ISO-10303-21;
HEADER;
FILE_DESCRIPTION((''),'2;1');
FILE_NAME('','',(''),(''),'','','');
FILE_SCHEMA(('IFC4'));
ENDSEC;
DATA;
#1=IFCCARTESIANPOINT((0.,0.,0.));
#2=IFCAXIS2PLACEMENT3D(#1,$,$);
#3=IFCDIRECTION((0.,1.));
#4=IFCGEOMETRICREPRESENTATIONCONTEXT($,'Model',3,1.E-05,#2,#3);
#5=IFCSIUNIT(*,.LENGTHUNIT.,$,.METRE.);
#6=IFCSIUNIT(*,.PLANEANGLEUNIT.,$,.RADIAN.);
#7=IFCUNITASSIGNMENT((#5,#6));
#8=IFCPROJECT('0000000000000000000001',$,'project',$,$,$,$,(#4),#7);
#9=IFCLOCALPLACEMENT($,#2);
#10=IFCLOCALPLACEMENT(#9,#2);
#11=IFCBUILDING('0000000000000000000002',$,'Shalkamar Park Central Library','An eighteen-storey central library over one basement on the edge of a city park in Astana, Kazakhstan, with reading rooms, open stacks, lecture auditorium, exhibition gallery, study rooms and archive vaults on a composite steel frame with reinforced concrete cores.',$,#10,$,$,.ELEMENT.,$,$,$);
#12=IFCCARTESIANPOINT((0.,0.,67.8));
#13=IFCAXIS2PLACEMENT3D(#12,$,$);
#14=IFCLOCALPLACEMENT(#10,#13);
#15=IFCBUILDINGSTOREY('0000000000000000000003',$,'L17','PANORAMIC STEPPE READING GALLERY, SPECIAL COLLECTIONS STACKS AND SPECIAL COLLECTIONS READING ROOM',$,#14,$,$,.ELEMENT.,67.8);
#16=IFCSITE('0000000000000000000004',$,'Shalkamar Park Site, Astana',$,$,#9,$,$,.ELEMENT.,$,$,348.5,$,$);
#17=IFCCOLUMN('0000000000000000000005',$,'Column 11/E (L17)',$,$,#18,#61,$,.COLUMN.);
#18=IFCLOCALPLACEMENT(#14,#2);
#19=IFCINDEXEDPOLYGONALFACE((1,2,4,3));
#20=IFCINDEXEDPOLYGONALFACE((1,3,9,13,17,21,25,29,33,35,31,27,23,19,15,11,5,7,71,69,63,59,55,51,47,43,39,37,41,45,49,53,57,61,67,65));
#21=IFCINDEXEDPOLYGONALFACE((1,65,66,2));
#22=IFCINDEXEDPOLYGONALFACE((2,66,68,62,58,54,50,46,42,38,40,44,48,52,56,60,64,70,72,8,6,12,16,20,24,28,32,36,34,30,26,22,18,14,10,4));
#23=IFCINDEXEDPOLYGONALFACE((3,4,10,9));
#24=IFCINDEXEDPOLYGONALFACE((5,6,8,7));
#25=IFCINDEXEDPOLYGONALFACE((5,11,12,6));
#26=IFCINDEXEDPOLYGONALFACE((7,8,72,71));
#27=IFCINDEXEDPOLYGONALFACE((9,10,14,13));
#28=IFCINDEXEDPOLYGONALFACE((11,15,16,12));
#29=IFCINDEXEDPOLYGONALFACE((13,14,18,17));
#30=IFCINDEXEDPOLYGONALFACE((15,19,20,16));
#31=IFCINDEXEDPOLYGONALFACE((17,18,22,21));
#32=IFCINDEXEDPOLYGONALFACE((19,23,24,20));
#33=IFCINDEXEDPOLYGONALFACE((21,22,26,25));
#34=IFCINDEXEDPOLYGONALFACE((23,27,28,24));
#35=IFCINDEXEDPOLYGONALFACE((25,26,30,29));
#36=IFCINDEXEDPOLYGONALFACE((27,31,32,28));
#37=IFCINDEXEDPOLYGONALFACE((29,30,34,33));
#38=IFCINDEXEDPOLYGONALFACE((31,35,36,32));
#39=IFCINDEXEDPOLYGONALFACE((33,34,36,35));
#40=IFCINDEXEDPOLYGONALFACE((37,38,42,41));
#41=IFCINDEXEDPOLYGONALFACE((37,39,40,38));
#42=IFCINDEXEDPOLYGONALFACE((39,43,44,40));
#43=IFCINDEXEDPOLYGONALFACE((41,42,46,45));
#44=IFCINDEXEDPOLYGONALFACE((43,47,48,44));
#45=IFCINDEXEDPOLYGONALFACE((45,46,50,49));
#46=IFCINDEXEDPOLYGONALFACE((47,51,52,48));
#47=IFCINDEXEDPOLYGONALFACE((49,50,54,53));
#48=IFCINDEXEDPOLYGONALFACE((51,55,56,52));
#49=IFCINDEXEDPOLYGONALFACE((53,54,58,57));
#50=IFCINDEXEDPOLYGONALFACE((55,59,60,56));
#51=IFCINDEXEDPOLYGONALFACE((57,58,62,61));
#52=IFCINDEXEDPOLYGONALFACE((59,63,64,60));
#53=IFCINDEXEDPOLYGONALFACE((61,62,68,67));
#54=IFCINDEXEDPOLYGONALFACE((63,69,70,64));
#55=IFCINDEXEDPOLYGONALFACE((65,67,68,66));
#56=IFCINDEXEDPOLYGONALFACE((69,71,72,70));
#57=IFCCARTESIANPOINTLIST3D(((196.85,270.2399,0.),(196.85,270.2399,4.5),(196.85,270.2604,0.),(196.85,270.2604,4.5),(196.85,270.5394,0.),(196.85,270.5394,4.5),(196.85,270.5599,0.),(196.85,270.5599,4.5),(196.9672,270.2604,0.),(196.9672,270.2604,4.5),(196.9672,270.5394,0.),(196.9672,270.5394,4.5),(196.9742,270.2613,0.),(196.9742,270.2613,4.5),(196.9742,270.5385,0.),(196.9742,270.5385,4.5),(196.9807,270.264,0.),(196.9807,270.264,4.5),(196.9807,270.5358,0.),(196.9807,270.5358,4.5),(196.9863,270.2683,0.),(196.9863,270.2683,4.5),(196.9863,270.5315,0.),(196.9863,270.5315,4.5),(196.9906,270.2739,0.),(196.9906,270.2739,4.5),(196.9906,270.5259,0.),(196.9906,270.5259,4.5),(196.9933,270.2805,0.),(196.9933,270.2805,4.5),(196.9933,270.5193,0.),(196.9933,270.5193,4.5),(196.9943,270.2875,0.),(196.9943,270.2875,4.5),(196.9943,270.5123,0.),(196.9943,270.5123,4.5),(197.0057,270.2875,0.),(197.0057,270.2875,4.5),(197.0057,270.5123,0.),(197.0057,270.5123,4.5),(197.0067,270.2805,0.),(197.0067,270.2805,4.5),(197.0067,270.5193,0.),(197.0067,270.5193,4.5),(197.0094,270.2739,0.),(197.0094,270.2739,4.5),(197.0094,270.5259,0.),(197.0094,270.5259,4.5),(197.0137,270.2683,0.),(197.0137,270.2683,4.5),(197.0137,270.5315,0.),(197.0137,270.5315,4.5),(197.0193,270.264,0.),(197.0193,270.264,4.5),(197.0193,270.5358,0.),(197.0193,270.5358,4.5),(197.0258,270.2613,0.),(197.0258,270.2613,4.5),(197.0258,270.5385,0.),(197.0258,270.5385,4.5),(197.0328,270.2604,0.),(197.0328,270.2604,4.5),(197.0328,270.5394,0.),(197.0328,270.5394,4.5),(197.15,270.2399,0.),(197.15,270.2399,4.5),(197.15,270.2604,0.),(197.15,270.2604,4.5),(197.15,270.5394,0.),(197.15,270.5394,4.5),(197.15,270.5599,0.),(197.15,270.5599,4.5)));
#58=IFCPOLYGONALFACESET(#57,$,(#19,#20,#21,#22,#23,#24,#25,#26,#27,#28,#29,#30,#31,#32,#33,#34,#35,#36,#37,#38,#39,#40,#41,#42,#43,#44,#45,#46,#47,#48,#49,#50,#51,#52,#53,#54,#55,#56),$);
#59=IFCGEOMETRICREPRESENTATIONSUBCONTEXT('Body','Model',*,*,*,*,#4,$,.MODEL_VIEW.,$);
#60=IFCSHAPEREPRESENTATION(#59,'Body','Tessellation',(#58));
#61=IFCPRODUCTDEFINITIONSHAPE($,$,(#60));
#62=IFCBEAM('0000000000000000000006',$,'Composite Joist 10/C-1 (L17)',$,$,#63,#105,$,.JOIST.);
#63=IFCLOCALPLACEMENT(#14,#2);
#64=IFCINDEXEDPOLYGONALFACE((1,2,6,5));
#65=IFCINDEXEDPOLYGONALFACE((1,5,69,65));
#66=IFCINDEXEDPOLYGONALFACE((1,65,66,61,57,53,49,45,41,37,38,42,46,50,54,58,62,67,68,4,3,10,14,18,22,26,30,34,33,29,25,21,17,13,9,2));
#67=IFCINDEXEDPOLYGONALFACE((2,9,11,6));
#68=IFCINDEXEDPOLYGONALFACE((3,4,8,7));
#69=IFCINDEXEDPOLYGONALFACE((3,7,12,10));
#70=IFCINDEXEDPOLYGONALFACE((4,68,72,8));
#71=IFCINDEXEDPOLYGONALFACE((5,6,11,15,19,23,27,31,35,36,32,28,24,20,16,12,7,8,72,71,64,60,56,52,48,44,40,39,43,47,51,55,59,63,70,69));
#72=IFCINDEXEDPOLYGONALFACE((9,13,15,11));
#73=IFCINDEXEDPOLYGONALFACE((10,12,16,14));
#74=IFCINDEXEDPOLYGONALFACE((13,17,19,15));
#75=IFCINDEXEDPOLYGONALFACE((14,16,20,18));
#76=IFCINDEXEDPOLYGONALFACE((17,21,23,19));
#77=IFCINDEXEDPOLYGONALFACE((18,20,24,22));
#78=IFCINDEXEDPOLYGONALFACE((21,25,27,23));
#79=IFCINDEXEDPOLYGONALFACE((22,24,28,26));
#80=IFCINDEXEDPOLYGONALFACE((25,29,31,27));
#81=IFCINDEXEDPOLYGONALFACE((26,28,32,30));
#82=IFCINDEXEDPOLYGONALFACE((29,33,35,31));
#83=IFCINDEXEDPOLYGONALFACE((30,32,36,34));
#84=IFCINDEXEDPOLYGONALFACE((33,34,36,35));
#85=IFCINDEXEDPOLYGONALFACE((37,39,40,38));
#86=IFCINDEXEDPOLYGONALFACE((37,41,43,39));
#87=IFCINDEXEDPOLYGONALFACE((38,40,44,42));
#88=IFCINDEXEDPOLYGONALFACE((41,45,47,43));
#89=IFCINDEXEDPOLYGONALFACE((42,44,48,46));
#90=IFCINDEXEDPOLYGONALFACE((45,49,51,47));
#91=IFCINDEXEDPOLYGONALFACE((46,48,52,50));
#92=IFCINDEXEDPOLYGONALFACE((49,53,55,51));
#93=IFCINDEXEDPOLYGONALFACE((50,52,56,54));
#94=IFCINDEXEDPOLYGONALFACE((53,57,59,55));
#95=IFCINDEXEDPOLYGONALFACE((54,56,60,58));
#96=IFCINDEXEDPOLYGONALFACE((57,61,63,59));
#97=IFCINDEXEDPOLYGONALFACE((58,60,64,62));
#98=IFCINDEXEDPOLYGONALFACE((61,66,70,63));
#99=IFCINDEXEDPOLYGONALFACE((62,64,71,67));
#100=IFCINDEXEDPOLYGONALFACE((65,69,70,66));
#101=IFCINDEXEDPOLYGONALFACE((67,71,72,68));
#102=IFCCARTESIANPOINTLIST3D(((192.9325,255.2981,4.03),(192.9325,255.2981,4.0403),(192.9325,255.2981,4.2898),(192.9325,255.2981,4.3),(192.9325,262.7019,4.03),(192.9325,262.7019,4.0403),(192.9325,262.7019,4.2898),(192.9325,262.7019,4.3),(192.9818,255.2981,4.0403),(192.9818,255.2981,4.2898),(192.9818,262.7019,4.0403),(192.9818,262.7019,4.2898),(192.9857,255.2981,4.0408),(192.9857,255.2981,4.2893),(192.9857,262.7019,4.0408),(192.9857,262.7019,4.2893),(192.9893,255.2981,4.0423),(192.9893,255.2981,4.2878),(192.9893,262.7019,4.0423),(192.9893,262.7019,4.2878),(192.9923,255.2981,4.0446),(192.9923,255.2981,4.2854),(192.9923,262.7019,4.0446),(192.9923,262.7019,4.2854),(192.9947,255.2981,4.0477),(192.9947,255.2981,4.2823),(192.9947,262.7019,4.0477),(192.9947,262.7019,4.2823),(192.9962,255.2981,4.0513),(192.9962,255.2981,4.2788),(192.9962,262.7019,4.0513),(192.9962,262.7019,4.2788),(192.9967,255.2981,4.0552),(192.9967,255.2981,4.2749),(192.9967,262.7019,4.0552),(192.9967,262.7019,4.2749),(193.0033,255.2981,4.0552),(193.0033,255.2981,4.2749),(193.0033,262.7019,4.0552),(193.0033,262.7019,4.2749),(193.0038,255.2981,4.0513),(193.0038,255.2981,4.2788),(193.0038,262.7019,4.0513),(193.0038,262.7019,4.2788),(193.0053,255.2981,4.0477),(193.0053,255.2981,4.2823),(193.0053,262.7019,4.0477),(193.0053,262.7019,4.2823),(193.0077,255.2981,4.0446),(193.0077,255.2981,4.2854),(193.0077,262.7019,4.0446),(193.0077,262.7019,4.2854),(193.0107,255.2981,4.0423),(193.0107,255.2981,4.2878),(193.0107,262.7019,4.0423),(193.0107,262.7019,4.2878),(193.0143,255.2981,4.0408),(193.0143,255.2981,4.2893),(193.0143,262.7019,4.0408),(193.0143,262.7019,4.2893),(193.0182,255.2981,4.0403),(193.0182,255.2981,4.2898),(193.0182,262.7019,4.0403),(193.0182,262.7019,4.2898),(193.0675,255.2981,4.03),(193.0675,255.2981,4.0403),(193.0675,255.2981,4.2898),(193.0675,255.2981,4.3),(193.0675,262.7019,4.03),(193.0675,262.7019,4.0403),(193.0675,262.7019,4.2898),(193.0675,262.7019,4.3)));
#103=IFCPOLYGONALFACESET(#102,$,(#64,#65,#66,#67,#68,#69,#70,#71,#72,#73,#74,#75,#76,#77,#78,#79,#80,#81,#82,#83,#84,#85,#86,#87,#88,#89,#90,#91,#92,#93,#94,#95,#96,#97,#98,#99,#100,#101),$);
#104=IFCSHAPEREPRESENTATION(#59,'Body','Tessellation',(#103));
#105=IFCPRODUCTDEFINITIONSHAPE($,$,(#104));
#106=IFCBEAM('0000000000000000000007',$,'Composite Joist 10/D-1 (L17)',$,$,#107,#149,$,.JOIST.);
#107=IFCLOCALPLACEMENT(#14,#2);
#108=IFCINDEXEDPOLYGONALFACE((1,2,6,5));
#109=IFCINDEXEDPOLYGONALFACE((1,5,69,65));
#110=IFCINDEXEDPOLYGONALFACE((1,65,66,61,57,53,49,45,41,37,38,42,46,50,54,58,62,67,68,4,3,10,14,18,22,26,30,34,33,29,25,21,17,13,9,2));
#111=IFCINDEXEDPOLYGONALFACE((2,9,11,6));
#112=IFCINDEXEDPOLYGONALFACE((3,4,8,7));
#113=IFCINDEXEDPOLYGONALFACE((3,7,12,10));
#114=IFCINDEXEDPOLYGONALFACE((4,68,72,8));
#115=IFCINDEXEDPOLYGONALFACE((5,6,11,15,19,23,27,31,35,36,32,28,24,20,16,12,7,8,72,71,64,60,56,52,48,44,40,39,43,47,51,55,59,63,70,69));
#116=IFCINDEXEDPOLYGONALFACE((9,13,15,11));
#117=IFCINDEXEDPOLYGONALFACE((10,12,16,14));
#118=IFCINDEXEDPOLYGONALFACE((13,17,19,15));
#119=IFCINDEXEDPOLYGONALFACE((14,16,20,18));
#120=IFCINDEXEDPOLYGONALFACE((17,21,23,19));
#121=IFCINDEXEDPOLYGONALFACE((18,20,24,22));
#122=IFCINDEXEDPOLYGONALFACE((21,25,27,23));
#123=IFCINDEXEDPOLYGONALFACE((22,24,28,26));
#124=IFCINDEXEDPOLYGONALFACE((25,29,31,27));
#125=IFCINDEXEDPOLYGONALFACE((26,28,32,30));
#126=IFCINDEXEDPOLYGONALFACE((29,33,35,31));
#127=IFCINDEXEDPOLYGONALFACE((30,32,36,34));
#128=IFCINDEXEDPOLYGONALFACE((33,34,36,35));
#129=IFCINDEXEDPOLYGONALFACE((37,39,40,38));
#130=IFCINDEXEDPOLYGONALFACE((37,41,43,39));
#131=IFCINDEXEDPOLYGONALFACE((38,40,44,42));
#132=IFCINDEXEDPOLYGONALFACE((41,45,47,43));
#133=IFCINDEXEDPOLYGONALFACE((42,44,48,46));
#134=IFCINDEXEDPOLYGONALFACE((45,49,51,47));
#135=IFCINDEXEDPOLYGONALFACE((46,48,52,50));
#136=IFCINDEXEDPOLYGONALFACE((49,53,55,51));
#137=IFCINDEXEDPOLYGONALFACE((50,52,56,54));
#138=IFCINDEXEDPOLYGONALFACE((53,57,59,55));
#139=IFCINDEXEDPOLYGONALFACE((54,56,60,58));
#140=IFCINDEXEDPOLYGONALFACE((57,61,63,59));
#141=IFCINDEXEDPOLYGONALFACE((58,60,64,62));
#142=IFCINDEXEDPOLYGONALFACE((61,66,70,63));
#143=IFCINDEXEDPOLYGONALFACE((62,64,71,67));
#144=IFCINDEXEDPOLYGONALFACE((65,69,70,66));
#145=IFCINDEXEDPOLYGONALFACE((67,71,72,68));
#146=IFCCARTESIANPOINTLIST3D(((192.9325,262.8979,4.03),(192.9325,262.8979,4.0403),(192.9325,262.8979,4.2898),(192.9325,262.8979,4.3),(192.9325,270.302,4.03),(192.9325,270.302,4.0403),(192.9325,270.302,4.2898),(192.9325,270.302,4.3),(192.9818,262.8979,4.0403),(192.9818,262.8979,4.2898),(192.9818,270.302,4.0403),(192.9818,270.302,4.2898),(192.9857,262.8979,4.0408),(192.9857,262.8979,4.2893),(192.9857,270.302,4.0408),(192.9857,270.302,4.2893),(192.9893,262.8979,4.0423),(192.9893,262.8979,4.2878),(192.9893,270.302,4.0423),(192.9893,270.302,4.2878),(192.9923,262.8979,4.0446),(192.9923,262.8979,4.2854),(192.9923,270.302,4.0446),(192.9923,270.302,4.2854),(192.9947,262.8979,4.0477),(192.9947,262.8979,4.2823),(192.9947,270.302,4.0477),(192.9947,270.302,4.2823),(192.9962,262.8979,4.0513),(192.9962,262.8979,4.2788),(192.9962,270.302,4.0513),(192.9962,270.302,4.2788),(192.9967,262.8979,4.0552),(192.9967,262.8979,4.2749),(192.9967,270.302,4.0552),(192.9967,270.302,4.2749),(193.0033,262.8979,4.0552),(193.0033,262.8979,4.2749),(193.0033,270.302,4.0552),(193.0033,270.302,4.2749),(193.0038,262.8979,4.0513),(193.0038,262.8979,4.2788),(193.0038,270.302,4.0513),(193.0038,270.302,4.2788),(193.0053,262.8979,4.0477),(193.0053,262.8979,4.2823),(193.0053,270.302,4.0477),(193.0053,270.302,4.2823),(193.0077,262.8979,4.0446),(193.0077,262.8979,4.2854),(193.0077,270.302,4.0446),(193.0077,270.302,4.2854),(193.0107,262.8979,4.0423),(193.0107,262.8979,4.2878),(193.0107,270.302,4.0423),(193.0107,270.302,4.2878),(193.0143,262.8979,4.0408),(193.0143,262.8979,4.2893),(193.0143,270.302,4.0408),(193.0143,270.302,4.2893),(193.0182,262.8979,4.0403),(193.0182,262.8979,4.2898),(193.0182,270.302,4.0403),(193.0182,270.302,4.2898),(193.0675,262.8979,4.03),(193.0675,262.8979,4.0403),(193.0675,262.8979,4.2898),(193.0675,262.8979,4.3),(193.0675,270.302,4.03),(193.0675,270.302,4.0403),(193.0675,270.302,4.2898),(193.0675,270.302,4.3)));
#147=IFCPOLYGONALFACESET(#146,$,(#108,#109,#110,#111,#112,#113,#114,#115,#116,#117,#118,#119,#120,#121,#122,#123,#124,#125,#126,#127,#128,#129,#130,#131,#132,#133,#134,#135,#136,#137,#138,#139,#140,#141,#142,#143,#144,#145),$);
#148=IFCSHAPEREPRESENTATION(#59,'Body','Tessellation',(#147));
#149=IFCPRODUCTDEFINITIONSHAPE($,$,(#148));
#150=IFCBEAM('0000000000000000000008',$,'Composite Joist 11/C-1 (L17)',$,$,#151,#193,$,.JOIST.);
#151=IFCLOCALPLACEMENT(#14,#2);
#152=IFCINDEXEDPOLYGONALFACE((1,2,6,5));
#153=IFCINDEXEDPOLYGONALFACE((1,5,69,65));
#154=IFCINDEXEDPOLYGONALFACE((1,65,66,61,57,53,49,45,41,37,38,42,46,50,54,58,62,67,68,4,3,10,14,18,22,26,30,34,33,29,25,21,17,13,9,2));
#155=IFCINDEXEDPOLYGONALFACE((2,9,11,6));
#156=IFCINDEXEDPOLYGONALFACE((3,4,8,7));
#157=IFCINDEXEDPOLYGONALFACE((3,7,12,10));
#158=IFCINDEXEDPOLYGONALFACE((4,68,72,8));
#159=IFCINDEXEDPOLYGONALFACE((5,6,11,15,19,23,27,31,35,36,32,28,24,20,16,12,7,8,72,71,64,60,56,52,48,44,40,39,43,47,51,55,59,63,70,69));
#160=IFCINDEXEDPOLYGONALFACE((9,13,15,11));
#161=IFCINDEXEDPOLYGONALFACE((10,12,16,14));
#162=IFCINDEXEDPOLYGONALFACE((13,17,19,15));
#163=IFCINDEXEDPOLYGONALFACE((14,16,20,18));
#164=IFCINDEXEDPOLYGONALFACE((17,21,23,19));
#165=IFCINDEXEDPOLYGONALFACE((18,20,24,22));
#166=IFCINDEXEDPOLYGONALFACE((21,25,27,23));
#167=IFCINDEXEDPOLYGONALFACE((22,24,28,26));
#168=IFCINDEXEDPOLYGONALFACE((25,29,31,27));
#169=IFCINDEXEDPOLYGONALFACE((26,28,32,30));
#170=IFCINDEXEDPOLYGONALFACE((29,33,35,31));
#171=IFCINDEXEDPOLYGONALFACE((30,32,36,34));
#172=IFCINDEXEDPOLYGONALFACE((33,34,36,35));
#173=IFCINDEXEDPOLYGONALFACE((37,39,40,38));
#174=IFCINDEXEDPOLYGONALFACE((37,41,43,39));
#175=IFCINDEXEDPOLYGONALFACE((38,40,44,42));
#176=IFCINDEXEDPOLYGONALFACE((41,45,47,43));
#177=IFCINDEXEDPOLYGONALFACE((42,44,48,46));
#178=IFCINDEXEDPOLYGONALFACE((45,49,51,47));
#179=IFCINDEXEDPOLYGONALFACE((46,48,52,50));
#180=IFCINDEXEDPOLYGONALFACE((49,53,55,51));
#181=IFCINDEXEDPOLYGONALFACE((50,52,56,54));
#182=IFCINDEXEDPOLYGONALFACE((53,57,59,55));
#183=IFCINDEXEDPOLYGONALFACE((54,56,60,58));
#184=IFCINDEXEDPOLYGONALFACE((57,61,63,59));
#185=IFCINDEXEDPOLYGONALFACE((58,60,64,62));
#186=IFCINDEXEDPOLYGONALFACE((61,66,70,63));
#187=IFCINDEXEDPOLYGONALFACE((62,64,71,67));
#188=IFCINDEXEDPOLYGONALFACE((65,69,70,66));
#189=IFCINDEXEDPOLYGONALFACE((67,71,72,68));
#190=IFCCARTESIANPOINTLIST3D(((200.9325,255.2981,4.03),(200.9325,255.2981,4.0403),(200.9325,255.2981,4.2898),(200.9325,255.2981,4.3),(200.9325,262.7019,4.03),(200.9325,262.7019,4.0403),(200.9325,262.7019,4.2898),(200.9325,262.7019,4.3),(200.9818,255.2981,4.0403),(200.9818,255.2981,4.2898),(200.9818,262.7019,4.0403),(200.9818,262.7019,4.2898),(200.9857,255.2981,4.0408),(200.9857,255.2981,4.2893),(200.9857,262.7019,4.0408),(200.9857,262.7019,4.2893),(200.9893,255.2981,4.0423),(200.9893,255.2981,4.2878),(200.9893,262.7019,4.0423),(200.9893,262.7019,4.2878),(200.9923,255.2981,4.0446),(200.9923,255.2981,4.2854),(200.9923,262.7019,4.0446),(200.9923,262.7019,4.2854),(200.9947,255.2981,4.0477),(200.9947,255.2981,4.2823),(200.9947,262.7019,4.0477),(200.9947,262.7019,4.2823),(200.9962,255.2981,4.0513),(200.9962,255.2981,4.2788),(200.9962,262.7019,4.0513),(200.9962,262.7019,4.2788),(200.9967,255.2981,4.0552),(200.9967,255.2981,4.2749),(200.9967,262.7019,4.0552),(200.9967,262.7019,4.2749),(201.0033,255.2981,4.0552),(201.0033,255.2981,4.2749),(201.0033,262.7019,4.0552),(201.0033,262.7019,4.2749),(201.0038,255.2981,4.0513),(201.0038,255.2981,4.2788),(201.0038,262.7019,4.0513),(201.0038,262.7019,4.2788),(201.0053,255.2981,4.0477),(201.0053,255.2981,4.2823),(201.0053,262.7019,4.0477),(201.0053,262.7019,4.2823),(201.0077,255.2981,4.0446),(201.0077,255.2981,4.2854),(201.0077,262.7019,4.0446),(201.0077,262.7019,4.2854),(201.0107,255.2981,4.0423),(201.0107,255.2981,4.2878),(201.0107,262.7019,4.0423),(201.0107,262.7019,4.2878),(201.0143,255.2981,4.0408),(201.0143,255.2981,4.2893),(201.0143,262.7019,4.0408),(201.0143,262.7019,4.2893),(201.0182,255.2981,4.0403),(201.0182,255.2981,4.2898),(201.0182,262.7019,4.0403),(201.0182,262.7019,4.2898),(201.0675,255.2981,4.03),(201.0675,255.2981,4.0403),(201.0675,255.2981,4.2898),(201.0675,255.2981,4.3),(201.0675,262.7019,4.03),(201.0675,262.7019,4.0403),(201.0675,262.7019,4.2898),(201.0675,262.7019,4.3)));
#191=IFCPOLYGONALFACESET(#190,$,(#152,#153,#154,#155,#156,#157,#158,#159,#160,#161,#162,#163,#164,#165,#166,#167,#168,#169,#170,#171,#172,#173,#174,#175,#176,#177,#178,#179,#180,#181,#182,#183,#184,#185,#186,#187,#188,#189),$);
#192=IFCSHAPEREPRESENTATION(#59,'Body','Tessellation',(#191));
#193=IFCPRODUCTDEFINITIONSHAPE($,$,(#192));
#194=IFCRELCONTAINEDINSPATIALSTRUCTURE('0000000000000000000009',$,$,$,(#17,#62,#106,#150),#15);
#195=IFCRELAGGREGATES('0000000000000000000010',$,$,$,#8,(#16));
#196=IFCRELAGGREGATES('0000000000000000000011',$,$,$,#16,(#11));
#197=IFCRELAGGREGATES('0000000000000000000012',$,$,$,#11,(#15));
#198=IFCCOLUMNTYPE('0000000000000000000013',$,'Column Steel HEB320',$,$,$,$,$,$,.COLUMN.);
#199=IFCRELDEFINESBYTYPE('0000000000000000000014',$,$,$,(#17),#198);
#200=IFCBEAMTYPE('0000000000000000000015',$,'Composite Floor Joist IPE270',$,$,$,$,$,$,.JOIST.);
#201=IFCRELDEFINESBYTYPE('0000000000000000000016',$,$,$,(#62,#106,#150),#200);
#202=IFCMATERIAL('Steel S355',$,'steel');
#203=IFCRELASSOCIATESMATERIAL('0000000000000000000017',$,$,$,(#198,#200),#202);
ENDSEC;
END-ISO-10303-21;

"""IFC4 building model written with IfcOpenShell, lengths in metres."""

from ifc_helpers import new_model, si_unit, direction, frame, origin, origin_2d, place, context, subcontext, project, spatial, i_section, extrude, material, material_profile, profile_set, type_object, element, save


model = new_model("IFC4")

# Units and contexts
model_context = context("Model", 3, precision=1e-05, world=origin(), true_north=direction((0.0, 1.0)))
body_context = subcontext(model_context, "Body", "Model", "MODEL_VIEW")
ifc_project = project(units=[si_unit("LENGTHUNIT", "METRE"), si_unit("PLANEANGLEUNIT", "RADIAN")], contexts=[model_context])

# Site, building, storey
site_placement = place(None, origin())
site = spatial("IfcSite", under=ifc_project, at=site_placement, Name="Shalkamar Park Site, Astana", CompositionType="ELEMENT", RefElevation=348.5)
building_placement = place(site_placement, origin())
building = spatial("IfcBuilding", under=site, at=building_placement, Name="Shalkamar Park Central Library", Description="An eighteen-storey central library over one basement on the edge of a city park in Astana, Kazakhstan, with reading rooms, open stacks, lecture auditorium, exhibition gallery, study rooms and archive vaults on a composite steel frame with reinforced concrete cores.", CompositionType="ELEMENT")
storey_placement = place(building_placement, frame((0.0, 0.0, 67.8)))
storey = spatial("IfcBuildingStorey", under=building, at=storey_placement, Name="L17", Description="PANORAMIC STEPPE READING GALLERY, SPECIAL COLLECTIONS STACKS AND SPECIAL COLLECTIONS READING ROOM", CompositionType="ELEMENT", Elevation=67.8)

# Column
ifc_material_1 = material(Name="Steel S355", Category="steel")
ifc_material_profile_1 = material_profile(ifc_material_1, i_section(OverallWidth=0.3, OverallDepth=0.3201, WebThickness=0.0115, FlangeThickness=0.0205, FilletRadius=0.0271, at=origin_2d()), Name="HEB 320")
ifc_profile_set_1 = profile_set([ifc_material_profile_1], Name="Steel S355")
column_type_1 = type_object("IfcColumnType", Name="Column Steel HEB320", PredefinedType="COLUMN", material=ifc_profile_set_1)
for number, where, z_axis, x_axis, name in (
    (1, (197.0, 270.3999, 0.0), (0.0, 0.0, 1.0), (1.0, 0.0, 0.0), "Column 11/E (L17)"),
):
    element("IfcColumn", number, at=place(storey_placement, frame(where, z_axis=z_axis, x_axis=x_axis)), inside=storey, type_object=column_type_1, Name=name, PredefinedType="COLUMN", context=body_context, shape_type="SweptSolid", body=[
        extrude(i_section(OverallWidth=0.3, OverallDepth=0.3201, WebThickness=0.0115, FlangeThickness=0.0205, FilletRadius=0.0271, at=origin_2d()), origin(), (0.0, 0.0, 1.0), 4.5),
    ])

# Beams
ifc_material_profile_2 = material_profile(ifc_material_1, i_section(OverallWidth=0.135, OverallDepth=0.27, WebThickness=0.0066, FlangeThickness=0.0103, FilletRadius=0.0149, at=origin_2d()), Name="IPE 270")
ifc_profile_set_2 = profile_set([ifc_material_profile_2], Name="Steel S355")
beam_type_1 = type_object("IfcBeamType", Name="Composite Floor Joist IPE270", PredefinedType="JOIST", material=ifc_profile_set_2)
beam_1_placement = place(storey_placement, frame((193.0, 255.2981, 4.165), z_axis=(0.0, 1.0, 0.0), x_axis=(-1.0, 0.0, 0.0)))
element("IfcBeam", 2, at=beam_1_placement, inside=storey, type_object=beam_type_1, Name="Composite Joist 10/C-1 (L17)", PredefinedType="JOIST", context=body_context, shape_type="SweptSolid", body=[
    extrude(i_section(OverallWidth=0.135, OverallDepth=0.27, WebThickness=0.0066, FlangeThickness=0.0103, FilletRadius=0.0149, at=origin_2d()), origin(), (0.0, 0.0, 1.0), 7.4038),
])
beam_2_placement = place(storey_placement, frame((193.0, 262.8979, 4.165), z_axis=(0.0, 1.0, 0.0), x_axis=(-1.0, 0.0, 0.0)))
element("IfcBeam", 3, at=beam_2_placement, inside=storey, type_object=beam_type_1, Name="Composite Joist 10/D-1 (L17)", PredefinedType="JOIST", context=body_context, shape_type="SweptSolid", body=[
    extrude(i_section(OverallWidth=0.135, OverallDepth=0.27, WebThickness=0.0066, FlangeThickness=0.0103, FilletRadius=0.0149, at=origin_2d()), origin(), (0.0, 0.0, 1.0), 7.4041),
])
beam_3_placement = place(storey_placement, frame((201.0, 255.2981, 4.165), z_axis=(0.0, 1.0, 0.0), x_axis=(-1.0, 0.0, 0.0)))
element("IfcBeam", 4, at=beam_3_placement, inside=storey, type_object=beam_type_1, Name="Composite Joist 11/C-1 (L17)", PredefinedType="JOIST", context=body_context, shape_type="SweptSolid", body=[
    extrude(i_section(OverallWidth=0.135, OverallDepth=0.27, WebThickness=0.0066, FlangeThickness=0.0103, FilletRadius=0.0149, at=origin_2d()), origin(), (0.0, 0.0, 1.0), 7.4038),
])

save(model, "model.ifc")
